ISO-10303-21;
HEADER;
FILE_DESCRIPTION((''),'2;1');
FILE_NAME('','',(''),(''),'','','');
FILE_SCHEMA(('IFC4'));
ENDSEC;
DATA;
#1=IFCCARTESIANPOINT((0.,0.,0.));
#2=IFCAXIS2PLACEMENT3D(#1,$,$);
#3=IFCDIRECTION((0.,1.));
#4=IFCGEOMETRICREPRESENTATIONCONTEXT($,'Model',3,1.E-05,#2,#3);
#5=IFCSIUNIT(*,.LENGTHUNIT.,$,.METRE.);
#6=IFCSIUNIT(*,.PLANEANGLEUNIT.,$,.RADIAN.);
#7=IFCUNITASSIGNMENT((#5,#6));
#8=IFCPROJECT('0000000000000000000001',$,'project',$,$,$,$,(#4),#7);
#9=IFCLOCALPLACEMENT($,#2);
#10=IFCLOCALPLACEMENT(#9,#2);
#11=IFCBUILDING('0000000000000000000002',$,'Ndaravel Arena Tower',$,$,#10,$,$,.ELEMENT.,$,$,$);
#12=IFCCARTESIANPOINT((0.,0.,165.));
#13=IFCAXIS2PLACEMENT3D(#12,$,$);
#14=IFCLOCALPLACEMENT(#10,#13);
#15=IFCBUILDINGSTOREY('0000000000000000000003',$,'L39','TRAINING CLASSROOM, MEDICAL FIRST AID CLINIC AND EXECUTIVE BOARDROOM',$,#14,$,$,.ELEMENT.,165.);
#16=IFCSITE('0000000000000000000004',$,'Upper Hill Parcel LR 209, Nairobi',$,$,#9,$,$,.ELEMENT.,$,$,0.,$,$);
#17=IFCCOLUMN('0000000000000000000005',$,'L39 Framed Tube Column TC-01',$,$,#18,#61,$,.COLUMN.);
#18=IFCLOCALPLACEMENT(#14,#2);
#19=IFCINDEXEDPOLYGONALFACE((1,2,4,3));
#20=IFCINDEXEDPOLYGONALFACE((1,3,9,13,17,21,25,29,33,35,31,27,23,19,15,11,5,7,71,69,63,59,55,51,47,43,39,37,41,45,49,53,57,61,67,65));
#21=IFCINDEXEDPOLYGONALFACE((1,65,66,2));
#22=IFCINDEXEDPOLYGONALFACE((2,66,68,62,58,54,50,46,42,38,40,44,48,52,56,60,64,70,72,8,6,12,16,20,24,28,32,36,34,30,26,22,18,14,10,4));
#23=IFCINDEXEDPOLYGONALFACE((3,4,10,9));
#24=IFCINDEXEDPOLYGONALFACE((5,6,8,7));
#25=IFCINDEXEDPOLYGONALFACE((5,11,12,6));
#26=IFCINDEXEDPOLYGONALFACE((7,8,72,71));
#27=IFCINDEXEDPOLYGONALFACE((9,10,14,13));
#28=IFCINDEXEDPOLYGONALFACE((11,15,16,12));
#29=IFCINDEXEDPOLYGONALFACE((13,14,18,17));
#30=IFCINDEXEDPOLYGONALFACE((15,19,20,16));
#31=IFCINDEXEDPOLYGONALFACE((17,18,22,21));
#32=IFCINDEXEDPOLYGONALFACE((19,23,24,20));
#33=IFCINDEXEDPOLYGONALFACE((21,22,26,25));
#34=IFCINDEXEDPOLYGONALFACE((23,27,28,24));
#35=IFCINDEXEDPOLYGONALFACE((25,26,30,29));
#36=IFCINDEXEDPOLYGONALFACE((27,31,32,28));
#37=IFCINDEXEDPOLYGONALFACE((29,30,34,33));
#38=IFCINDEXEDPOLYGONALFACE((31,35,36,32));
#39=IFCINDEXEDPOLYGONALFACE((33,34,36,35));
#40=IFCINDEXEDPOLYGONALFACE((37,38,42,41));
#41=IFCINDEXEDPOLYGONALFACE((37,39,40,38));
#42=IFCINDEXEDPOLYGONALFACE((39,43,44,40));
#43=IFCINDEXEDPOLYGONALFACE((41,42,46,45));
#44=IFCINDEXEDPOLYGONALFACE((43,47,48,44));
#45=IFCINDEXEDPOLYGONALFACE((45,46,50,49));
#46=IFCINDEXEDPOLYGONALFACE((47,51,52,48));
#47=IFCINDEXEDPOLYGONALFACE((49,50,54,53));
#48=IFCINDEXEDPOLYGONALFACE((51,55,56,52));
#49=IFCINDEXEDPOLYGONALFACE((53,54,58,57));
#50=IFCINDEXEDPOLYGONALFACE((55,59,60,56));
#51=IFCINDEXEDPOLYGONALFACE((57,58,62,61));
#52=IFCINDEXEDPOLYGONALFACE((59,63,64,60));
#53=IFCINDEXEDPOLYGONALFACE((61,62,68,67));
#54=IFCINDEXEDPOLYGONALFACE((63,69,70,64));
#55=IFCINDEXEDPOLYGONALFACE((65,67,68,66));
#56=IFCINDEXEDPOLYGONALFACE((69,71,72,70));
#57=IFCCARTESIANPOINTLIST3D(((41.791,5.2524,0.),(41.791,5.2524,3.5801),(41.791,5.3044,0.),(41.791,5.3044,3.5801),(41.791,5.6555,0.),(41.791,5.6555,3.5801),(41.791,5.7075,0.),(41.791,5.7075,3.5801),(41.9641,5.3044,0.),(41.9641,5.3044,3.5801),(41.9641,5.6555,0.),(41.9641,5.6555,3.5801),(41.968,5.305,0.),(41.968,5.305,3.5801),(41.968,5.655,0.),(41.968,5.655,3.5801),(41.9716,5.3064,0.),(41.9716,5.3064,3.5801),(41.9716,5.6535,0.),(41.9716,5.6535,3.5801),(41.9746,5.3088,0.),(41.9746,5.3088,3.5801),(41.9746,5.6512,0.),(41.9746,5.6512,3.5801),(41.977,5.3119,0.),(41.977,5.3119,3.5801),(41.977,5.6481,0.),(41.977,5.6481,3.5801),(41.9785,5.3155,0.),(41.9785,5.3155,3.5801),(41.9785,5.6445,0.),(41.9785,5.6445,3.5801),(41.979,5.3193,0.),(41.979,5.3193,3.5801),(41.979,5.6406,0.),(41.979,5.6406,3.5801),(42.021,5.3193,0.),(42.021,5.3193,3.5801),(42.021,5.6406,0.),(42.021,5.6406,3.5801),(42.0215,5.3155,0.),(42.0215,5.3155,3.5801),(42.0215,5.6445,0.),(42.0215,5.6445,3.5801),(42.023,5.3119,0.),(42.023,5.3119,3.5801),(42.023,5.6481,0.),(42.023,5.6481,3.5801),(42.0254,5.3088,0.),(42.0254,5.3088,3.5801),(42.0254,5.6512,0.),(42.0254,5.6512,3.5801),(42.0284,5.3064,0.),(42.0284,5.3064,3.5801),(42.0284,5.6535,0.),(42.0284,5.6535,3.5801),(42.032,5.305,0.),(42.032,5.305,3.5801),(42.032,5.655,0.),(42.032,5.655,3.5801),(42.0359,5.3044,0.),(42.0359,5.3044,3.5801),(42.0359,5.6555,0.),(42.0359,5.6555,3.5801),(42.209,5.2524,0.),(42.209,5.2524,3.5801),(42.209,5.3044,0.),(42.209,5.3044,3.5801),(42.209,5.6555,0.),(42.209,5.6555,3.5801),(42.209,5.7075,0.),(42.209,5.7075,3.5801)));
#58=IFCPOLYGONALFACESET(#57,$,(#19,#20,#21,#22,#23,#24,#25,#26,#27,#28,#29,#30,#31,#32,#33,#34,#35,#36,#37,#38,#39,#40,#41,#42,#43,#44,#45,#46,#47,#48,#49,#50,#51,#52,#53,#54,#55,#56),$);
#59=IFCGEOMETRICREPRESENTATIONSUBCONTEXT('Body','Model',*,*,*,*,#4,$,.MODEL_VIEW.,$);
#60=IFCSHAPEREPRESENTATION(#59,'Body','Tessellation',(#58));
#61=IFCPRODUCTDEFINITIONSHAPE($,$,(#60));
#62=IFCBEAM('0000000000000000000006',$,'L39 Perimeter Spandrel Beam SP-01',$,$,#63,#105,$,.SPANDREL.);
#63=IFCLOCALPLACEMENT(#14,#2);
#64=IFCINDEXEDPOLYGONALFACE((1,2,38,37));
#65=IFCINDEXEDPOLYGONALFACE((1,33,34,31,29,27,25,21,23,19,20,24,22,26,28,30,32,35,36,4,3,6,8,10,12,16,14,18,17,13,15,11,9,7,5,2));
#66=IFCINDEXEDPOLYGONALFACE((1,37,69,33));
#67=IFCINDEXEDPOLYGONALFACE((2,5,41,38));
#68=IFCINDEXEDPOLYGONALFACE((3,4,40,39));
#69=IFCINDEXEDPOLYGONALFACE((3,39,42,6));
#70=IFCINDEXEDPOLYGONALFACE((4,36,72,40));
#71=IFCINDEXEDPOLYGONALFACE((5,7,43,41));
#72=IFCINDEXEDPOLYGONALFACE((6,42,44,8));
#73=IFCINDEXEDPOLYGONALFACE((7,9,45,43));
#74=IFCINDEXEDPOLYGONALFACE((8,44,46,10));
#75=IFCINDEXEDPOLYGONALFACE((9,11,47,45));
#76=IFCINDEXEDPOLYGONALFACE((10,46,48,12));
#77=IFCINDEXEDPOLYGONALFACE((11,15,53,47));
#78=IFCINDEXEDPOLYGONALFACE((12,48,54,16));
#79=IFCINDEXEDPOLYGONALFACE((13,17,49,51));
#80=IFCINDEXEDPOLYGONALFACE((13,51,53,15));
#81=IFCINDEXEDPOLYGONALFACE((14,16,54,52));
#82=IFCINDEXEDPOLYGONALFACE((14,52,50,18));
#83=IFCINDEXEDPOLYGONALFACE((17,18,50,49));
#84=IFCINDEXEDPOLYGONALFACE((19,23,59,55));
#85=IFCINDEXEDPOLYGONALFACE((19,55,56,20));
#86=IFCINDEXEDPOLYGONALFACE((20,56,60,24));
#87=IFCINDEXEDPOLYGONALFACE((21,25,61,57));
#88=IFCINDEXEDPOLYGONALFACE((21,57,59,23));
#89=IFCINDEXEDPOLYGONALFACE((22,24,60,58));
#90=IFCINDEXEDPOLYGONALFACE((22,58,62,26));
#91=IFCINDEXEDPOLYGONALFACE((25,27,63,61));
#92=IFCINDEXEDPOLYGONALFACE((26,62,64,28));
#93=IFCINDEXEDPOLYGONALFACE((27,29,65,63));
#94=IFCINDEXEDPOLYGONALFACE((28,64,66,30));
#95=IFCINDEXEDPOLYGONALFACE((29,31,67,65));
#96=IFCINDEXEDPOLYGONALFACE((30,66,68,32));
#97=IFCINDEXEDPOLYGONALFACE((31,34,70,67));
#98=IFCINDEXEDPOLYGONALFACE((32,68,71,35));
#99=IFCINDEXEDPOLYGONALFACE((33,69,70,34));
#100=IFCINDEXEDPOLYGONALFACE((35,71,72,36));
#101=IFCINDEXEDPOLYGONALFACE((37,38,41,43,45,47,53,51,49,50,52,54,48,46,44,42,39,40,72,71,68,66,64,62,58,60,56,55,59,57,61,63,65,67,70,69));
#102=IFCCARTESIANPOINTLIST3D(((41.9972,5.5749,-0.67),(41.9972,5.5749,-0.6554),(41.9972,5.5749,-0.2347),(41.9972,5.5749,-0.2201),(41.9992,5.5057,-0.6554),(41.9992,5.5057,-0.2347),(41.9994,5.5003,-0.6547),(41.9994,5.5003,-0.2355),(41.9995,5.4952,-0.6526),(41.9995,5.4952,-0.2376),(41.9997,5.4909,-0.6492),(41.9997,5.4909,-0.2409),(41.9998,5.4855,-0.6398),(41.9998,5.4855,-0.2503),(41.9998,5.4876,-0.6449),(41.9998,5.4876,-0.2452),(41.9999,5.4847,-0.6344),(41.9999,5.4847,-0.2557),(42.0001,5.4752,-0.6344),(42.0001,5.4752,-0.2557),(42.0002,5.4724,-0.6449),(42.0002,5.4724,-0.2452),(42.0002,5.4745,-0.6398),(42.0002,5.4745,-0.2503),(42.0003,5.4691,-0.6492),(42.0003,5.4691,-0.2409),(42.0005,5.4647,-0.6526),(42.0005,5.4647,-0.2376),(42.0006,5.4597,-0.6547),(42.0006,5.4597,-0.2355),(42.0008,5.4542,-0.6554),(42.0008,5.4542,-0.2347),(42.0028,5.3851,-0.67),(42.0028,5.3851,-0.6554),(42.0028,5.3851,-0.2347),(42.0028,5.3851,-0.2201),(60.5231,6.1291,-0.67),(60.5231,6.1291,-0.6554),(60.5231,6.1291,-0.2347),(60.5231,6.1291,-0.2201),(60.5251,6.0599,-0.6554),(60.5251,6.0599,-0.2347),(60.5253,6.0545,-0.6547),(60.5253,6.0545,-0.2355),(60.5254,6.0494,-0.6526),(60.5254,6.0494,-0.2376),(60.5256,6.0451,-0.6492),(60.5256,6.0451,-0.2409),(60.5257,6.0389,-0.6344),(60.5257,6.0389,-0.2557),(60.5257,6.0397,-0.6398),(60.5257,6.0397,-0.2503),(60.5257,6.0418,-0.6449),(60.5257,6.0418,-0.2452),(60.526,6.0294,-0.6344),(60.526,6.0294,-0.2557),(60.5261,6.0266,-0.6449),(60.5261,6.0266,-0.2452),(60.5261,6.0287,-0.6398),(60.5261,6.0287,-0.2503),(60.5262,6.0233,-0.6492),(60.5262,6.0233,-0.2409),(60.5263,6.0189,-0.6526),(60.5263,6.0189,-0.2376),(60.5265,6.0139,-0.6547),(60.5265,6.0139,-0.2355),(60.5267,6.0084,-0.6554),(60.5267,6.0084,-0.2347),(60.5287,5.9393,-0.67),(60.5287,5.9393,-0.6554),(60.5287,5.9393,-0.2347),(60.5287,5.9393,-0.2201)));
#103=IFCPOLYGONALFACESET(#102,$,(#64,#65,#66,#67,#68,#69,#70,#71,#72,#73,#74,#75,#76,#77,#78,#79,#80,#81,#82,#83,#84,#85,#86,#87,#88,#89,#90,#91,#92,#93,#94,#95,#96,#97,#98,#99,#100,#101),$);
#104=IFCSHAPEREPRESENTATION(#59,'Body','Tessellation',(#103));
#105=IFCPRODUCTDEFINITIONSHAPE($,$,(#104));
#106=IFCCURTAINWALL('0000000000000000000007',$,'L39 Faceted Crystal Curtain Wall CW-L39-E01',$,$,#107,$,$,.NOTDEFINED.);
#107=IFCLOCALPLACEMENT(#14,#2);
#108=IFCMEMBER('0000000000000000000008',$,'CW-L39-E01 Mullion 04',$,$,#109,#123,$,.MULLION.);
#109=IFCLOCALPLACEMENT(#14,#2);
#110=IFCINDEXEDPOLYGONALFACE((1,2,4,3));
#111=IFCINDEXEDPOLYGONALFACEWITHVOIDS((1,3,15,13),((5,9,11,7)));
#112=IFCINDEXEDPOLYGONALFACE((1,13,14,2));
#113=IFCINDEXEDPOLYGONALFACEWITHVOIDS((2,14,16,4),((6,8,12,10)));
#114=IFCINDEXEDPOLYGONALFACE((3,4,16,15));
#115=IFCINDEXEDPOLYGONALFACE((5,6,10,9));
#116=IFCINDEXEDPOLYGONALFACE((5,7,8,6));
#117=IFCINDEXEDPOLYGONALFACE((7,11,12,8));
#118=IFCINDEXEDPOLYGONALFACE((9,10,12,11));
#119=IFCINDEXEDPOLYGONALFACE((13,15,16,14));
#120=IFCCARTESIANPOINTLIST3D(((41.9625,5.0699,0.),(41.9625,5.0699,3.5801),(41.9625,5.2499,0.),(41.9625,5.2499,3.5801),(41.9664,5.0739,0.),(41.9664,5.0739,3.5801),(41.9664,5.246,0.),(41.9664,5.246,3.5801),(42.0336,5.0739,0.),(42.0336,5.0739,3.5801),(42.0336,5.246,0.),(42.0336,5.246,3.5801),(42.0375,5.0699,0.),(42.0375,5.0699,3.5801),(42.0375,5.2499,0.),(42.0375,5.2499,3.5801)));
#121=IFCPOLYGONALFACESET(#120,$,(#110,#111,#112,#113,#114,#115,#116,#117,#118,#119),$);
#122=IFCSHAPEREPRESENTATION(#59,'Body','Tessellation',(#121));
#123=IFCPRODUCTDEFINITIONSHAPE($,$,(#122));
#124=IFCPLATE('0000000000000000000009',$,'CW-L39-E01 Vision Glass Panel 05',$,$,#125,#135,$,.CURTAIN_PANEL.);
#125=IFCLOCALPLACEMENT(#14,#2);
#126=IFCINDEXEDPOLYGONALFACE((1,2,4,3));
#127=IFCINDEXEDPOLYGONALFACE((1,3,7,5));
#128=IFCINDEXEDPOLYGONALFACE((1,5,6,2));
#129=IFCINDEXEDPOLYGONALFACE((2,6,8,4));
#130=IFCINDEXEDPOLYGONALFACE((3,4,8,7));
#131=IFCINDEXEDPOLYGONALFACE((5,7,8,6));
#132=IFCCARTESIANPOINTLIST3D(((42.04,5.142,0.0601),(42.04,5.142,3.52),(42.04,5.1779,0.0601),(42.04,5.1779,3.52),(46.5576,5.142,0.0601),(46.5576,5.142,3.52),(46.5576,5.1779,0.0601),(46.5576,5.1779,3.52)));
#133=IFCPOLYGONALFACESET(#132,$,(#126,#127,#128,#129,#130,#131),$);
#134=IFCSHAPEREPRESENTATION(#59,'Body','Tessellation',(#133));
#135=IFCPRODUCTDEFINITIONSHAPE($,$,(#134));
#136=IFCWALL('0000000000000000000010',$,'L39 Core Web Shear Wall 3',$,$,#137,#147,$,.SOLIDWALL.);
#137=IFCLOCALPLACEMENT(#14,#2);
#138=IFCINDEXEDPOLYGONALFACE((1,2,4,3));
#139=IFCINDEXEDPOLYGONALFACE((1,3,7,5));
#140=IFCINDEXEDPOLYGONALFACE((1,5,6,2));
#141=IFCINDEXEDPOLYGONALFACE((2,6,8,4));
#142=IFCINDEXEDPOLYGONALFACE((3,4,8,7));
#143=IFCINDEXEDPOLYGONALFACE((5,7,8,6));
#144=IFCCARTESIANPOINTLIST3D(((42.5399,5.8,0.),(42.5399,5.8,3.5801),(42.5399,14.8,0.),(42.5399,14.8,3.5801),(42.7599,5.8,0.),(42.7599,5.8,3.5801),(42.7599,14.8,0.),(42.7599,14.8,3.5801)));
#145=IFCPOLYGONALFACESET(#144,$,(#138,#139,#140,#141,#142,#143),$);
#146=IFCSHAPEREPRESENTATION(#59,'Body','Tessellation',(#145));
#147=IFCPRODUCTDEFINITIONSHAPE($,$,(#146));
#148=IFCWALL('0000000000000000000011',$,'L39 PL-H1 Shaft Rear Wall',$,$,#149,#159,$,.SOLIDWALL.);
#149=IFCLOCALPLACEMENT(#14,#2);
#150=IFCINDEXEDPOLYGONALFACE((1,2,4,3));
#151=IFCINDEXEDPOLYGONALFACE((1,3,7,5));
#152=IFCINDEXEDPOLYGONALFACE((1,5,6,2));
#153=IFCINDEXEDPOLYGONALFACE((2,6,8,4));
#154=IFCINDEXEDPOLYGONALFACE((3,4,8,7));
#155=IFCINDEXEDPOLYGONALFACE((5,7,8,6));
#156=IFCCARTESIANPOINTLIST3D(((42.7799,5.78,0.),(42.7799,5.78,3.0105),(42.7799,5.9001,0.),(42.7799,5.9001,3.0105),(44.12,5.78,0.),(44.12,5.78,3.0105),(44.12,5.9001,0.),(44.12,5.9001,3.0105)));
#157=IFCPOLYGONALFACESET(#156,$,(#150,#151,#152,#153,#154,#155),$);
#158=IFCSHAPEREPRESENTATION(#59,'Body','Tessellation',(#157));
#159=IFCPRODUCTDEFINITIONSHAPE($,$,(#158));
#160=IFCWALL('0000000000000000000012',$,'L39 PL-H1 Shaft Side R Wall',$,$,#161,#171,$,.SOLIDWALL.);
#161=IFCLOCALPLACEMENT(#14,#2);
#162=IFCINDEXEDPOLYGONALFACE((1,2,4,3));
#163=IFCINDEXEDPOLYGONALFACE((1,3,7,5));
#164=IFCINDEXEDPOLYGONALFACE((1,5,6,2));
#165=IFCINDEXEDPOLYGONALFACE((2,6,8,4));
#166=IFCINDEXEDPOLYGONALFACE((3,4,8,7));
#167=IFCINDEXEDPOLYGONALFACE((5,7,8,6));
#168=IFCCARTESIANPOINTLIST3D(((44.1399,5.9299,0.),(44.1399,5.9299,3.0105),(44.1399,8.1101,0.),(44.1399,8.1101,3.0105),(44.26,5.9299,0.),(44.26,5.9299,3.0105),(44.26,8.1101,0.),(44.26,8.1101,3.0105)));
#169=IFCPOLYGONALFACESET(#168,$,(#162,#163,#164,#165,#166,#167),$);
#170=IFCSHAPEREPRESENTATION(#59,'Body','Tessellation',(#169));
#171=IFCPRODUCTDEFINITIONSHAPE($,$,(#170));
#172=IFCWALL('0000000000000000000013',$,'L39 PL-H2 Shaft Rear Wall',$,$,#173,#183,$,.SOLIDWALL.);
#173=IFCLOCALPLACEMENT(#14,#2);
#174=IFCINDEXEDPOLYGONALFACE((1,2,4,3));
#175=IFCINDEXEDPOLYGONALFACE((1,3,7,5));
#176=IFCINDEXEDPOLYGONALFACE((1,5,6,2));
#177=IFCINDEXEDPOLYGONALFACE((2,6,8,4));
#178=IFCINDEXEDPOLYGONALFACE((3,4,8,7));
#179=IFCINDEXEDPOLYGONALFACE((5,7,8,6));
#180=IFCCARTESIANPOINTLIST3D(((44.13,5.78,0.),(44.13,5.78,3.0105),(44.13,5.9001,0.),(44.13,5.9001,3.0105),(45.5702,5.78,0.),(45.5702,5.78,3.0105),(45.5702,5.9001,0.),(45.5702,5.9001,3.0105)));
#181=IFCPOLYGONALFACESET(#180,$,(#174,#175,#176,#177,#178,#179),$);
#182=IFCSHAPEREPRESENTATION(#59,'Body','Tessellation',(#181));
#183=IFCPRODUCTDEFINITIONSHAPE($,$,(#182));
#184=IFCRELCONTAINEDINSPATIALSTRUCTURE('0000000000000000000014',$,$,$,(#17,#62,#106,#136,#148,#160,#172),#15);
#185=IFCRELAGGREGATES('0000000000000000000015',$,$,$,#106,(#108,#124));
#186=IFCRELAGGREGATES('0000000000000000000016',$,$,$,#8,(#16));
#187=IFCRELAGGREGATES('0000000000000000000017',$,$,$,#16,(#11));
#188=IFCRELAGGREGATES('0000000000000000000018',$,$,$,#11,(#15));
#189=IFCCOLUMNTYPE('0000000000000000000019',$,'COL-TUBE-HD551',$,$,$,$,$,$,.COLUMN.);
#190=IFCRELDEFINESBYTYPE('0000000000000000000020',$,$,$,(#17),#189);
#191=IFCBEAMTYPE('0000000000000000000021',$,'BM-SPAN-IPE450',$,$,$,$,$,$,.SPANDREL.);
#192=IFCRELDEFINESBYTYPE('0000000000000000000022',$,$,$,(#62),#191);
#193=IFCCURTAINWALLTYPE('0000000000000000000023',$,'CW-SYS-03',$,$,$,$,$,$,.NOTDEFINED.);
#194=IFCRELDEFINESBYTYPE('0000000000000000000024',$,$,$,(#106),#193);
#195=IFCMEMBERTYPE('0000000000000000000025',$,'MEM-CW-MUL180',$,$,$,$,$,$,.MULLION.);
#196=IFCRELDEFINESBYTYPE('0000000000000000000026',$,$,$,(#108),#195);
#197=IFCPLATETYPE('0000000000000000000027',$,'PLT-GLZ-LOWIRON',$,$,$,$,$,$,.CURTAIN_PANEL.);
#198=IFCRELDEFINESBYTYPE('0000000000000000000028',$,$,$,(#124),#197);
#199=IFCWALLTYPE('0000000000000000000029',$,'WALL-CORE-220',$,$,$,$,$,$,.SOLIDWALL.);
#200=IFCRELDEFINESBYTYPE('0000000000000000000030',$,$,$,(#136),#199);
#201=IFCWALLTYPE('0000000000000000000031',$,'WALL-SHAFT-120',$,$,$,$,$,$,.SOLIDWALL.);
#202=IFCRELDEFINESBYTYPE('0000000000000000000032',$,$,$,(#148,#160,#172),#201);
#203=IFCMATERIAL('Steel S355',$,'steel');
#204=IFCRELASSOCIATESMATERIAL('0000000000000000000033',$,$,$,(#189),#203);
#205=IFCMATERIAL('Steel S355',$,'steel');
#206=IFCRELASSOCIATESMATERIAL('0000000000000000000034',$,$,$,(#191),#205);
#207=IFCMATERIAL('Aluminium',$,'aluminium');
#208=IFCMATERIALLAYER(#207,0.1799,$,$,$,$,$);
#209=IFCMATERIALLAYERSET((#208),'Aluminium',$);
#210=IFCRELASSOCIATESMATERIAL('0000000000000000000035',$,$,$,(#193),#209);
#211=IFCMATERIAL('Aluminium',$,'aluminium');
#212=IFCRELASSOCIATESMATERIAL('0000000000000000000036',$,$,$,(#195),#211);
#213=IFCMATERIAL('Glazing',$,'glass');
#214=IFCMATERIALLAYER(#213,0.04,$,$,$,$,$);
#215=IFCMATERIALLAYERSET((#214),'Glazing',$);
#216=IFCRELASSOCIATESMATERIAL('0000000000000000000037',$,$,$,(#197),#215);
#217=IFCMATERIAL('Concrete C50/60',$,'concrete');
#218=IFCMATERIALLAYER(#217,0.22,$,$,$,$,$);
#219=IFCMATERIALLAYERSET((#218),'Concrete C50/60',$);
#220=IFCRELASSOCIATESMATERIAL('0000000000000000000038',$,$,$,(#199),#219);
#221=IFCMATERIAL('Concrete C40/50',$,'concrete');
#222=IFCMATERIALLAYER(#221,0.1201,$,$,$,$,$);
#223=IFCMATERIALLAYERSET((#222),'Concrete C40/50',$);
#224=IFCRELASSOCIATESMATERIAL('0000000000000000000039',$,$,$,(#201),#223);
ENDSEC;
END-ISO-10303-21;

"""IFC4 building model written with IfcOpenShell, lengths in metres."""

from ifc_helpers import new_model, si_unit, direction, frame, frame_2d, origin, origin_2d, place, context, subcontext, project, spatial, rectangle, hollow_rectangle, i_section, extrude, material, layer, layer_set, material_profile, profile_set, type_object, element, aggregate, save


model = new_model("IFC4")

# Units and contexts
model_context = context("Model", 3, precision=1e-05, world=origin(), true_north=direction((0.0, 1.0)))
body_context = subcontext(model_context, "Body", "Model", "MODEL_VIEW")
ifc_project = project(units=[si_unit("LENGTHUNIT", "METRE"), si_unit("PLANEANGLEUNIT", "RADIAN")], contexts=[model_context])

# Site, building, storey
site_placement = place(None, origin())
site = spatial("IfcSite", under=ifc_project, at=site_placement, Name="Upper Hill Parcel LR 209, Nairobi", CompositionType="ELEMENT", RefElevation=0.0)
building_placement = place(site_placement, origin())
building = spatial("IfcBuilding", under=site, at=building_placement, Name="Ndaravel Arena Tower", CompositionType="ELEMENT")
storey_placement = place(building_placement, frame((0.0, 0.0, 165.0)))
storey = spatial("IfcBuildingStorey", under=building, at=storey_placement, Name="L39", Description="TRAINING CLASSROOM, MEDICAL FIRST AID CLINIC AND EXECUTIVE BOARDROOM", CompositionType="ELEMENT", Elevation=165.0)

# Column
ifc_material_1 = material(Name="Steel S355", Category="steel")
ifc_material_profile_1 = material_profile(ifc_material_1, i_section(OverallWidth=0.418, OverallDepth=0.4551, WebThickness=0.042, FlangeThickness=0.052, FilletRadius=0.0149, at=origin_2d()), Name="HD 400x551")
ifc_profile_set_1 = profile_set([ifc_material_profile_1], Name="Steel S355")
column_type = type_object("IfcColumnType", Name="COL-TUBE-HD551", PredefinedType="COLUMN", material=ifc_profile_set_1)
column_placement = place(storey_placement, frame((42.0, 5.48, 0.0), z_axis=(0.0, 0.0, 1.0), x_axis=(1.0, 0.0, 0.0)))
element("IfcColumn", 1, at=column_placement, inside=storey, type_object=column_type, Name="L39 Framed Tube Column TC-01", PredefinedType="COLUMN", context=body_context, shape_type="SweptSolid", body=[
    extrude(i_section(OverallWidth=0.418, OverallDepth=0.4551, WebThickness=0.042, FlangeThickness=0.052, FilletRadius=0.0149, at=origin_2d()), origin(), (0.0, 0.0, 1.0), 3.5801),
])

# Beam
ifc_material_2 = material(Name="Steel S355", Category="steel")
ifc_material_profile_2 = material_profile(ifc_material_2, i_section(OverallWidth=0.1899, OverallDepth=0.45, WebThickness=0.0095, FlangeThickness=0.0146, FilletRadius=0.021, at=origin_2d()), Name="IPE 450")
ifc_profile_set_2 = profile_set([ifc_material_profile_2], Name="Steel S355")
beam_type = type_object("IfcBeamType", Name="BM-SPAN-IPE450", PredefinedType="SPANDREL", material=ifc_profile_set_2)
beam_placement = place(storey_placement, frame((42.0, 5.48, -0.4451), z_axis=(0.999553, 0.029901, 0.0), x_axis=(-0.029901, 0.999553, 0.0)))
element("IfcBeam", 2, at=beam_placement, inside=storey, type_object=beam_type, Name="L39 Perimeter Spandrel Beam SP-01", PredefinedType="SPANDREL", context=body_context, shape_type="SweptSolid", body=[
    extrude(i_section(OverallWidth=0.1899, OverallDepth=0.45, WebThickness=0.0095, FlangeThickness=0.0146, FilletRadius=0.021, at=origin_2d()), origin(), (0.0, 0.0, 1.0), 18.5342),
])

# Curtain wall, member, plate
ifc_material_3 = material(Name="Aluminium", Category="aluminium")
ifc_layer_1 = layer(ifc_material_3, 0.1799)
ifc_layer_set_1 = layer_set([ifc_layer_1], Name="Aluminium")
curtain_wall_type = type_object("IfcCurtainWallType", Name="CW-SYS-03", PredefinedType="NOTDEFINED", material=ifc_layer_set_1)
curtain_wall_placement = place(storey_placement, origin())
curtain_wall = element("IfcCurtainWall", 3, at=curtain_wall_placement, inside=storey, type_object=curtain_wall_type, Name="L39 Faceted Crystal Curtain Wall CW-L39-E01", PredefinedType="NOTDEFINED")
ifc_material_4 = material(Name="Aluminium", Category="aluminium")
ifc_material_profile_3 = material_profile(ifc_material_4, hollow_rectangle(XDim=0.075, YDim=0.1799, WallThickness=0.0039, at=origin_2d()), Name="CW MULLION 75x180x4")
ifc_profile_set_3 = profile_set([ifc_material_profile_3], Name="Aluminium")
member_type = type_object("IfcMemberType", Name="MEM-CW-MUL180", PredefinedType="MULLION", material=ifc_profile_set_3)
member_placement = place(storey_placement, frame((42.0, 5.1599, 0.0), z_axis=(0.0, 0.0, 1.0), x_axis=(1.0, 0.0, 0.0)))
member = element("IfcMember", 4, at=member_placement, type_object=member_type, Name="CW-L39-E01 Mullion 04", PredefinedType="MULLION", context=body_context, shape_type="SweptSolid", body=[
    extrude(hollow_rectangle(XDim=0.075, YDim=0.1799, WallThickness=0.0039, at=origin_2d()), origin(), (0.0, 0.0, 1.0), 3.5801),
])
ifc_material_5 = material(Name="Glazing", Category="glass")
ifc_layer_2 = layer(ifc_material_5, 0.04)
ifc_layer_set_2 = layer_set([ifc_layer_2], Name="Glazing")
plate_type = type_object("IfcPlateType", Name="PLT-GLZ-LOWIRON", PredefinedType="CURTAIN_PANEL", material=ifc_layer_set_2)
plate_placement = place(storey_placement, frame((44.2988, 5.1599, 0.0601), z_axis=(0.0, 0.0, 1.0), x_axis=(1.0, 0.0, 0.0)))
plate = element("IfcPlate", 5, at=plate_placement, type_object=plate_type, Name="CW-L39-E01 Vision Glass Panel 05", PredefinedType="CURTAIN_PANEL", context=body_context, shape_type="SweptSolid", body=[
    extrude(rectangle(XDim=4.5176, YDim=0.0359, at=origin_2d()), origin(), (0.0, 0.0, 1.0), 3.46),
])
aggregate(curtain_wall, [member, plate])

# Walls
ifc_material_6 = material(Name="Concrete C50/60", Category="concrete")
ifc_layer_3 = layer(ifc_material_6, 0.22)
ifc_layer_set_3 = layer_set([ifc_layer_3], Name="Concrete C50/60")
wall_type_1 = type_object("IfcWallType", Name="WALL-CORE-220", PredefinedType="SOLIDWALL", material=ifc_layer_set_3)
wall_1_placement = place(storey_placement, frame((42.6499, 5.8, 0.0), z_axis=(0.0, 0.0, 1.0), x_axis=(0.0, 1.0, 0.0)))
element("IfcWall", 6, at=wall_1_placement, inside=storey, type_object=wall_type_1, Name="L39 Core Web Shear Wall 3", PredefinedType="SOLIDWALL", context=body_context, shape_type="SweptSolid", body=[
    extrude(rectangle(XDim=9.0, YDim=0.22, at=frame_2d((4.5, 0.0))), origin(), (0.0, 0.0, 1.0), 3.5801),
])
ifc_material_7 = material(Name="Concrete C40/50", Category="concrete")
ifc_layer_4 = layer(ifc_material_7, 0.1201)
ifc_layer_set_4 = layer_set([ifc_layer_4], Name="Concrete C40/50")
wall_type_2 = type_object("IfcWallType", Name="WALL-SHAFT-120", PredefinedType="SOLIDWALL", material=ifc_layer_set_4)
wall_2_placement = place(storey_placement, frame((42.78, 5.8401, 0.0), z_axis=(0.0, 0.0, 1.0), x_axis=(1.0, 0.0, 0.0)))
element("IfcWall", 7, at=wall_2_placement, inside=storey, type_object=wall_type_2, Name="L39 PL-H1 Shaft Rear Wall", PredefinedType="SOLIDWALL", context=body_context, shape_type="SweptSolid", body=[
    extrude(rectangle(XDim=1.3401, YDim=0.1201, at=frame_2d((0.6699, 0.0))), origin(), (0.0, 0.0, 1.0), 3.0105),
])
wall_3_placement = place(storey_placement, frame((44.2, 5.9299, 0.0), z_axis=(0.0, 0.0, 1.0), x_axis=(0.0, 1.0, 0.0)))
element("IfcWall", 8, at=wall_3_placement, inside=storey, type_object=wall_type_2, Name="L39 PL-H1 Shaft Side R Wall", PredefinedType="SOLIDWALL", context=body_context, shape_type="SweptSolid", body=[
    extrude(rectangle(XDim=2.1802, YDim=0.1201, at=frame_2d((1.0901, 0.0))), origin(), (0.0, 0.0, 1.0), 3.0105),
])
wall_4_placement = place(storey_placement, frame((44.1299, 5.8401, 0.0), z_axis=(0.0, 0.0, 1.0), x_axis=(1.0, 0.0, 0.0)))
element("IfcWall", 9, at=wall_4_placement, inside=storey, type_object=wall_type_2, Name="L39 PL-H2 Shaft Rear Wall", PredefinedType="SOLIDWALL", context=body_context, shape_type="SweptSolid", body=[
    extrude(rectangle(XDim=1.4402, YDim=0.1201, at=frame_2d((0.7202, 0.0))), origin(), (0.0, 0.0, 1.0), 3.0105),
])

save(model, "model.ifc")
